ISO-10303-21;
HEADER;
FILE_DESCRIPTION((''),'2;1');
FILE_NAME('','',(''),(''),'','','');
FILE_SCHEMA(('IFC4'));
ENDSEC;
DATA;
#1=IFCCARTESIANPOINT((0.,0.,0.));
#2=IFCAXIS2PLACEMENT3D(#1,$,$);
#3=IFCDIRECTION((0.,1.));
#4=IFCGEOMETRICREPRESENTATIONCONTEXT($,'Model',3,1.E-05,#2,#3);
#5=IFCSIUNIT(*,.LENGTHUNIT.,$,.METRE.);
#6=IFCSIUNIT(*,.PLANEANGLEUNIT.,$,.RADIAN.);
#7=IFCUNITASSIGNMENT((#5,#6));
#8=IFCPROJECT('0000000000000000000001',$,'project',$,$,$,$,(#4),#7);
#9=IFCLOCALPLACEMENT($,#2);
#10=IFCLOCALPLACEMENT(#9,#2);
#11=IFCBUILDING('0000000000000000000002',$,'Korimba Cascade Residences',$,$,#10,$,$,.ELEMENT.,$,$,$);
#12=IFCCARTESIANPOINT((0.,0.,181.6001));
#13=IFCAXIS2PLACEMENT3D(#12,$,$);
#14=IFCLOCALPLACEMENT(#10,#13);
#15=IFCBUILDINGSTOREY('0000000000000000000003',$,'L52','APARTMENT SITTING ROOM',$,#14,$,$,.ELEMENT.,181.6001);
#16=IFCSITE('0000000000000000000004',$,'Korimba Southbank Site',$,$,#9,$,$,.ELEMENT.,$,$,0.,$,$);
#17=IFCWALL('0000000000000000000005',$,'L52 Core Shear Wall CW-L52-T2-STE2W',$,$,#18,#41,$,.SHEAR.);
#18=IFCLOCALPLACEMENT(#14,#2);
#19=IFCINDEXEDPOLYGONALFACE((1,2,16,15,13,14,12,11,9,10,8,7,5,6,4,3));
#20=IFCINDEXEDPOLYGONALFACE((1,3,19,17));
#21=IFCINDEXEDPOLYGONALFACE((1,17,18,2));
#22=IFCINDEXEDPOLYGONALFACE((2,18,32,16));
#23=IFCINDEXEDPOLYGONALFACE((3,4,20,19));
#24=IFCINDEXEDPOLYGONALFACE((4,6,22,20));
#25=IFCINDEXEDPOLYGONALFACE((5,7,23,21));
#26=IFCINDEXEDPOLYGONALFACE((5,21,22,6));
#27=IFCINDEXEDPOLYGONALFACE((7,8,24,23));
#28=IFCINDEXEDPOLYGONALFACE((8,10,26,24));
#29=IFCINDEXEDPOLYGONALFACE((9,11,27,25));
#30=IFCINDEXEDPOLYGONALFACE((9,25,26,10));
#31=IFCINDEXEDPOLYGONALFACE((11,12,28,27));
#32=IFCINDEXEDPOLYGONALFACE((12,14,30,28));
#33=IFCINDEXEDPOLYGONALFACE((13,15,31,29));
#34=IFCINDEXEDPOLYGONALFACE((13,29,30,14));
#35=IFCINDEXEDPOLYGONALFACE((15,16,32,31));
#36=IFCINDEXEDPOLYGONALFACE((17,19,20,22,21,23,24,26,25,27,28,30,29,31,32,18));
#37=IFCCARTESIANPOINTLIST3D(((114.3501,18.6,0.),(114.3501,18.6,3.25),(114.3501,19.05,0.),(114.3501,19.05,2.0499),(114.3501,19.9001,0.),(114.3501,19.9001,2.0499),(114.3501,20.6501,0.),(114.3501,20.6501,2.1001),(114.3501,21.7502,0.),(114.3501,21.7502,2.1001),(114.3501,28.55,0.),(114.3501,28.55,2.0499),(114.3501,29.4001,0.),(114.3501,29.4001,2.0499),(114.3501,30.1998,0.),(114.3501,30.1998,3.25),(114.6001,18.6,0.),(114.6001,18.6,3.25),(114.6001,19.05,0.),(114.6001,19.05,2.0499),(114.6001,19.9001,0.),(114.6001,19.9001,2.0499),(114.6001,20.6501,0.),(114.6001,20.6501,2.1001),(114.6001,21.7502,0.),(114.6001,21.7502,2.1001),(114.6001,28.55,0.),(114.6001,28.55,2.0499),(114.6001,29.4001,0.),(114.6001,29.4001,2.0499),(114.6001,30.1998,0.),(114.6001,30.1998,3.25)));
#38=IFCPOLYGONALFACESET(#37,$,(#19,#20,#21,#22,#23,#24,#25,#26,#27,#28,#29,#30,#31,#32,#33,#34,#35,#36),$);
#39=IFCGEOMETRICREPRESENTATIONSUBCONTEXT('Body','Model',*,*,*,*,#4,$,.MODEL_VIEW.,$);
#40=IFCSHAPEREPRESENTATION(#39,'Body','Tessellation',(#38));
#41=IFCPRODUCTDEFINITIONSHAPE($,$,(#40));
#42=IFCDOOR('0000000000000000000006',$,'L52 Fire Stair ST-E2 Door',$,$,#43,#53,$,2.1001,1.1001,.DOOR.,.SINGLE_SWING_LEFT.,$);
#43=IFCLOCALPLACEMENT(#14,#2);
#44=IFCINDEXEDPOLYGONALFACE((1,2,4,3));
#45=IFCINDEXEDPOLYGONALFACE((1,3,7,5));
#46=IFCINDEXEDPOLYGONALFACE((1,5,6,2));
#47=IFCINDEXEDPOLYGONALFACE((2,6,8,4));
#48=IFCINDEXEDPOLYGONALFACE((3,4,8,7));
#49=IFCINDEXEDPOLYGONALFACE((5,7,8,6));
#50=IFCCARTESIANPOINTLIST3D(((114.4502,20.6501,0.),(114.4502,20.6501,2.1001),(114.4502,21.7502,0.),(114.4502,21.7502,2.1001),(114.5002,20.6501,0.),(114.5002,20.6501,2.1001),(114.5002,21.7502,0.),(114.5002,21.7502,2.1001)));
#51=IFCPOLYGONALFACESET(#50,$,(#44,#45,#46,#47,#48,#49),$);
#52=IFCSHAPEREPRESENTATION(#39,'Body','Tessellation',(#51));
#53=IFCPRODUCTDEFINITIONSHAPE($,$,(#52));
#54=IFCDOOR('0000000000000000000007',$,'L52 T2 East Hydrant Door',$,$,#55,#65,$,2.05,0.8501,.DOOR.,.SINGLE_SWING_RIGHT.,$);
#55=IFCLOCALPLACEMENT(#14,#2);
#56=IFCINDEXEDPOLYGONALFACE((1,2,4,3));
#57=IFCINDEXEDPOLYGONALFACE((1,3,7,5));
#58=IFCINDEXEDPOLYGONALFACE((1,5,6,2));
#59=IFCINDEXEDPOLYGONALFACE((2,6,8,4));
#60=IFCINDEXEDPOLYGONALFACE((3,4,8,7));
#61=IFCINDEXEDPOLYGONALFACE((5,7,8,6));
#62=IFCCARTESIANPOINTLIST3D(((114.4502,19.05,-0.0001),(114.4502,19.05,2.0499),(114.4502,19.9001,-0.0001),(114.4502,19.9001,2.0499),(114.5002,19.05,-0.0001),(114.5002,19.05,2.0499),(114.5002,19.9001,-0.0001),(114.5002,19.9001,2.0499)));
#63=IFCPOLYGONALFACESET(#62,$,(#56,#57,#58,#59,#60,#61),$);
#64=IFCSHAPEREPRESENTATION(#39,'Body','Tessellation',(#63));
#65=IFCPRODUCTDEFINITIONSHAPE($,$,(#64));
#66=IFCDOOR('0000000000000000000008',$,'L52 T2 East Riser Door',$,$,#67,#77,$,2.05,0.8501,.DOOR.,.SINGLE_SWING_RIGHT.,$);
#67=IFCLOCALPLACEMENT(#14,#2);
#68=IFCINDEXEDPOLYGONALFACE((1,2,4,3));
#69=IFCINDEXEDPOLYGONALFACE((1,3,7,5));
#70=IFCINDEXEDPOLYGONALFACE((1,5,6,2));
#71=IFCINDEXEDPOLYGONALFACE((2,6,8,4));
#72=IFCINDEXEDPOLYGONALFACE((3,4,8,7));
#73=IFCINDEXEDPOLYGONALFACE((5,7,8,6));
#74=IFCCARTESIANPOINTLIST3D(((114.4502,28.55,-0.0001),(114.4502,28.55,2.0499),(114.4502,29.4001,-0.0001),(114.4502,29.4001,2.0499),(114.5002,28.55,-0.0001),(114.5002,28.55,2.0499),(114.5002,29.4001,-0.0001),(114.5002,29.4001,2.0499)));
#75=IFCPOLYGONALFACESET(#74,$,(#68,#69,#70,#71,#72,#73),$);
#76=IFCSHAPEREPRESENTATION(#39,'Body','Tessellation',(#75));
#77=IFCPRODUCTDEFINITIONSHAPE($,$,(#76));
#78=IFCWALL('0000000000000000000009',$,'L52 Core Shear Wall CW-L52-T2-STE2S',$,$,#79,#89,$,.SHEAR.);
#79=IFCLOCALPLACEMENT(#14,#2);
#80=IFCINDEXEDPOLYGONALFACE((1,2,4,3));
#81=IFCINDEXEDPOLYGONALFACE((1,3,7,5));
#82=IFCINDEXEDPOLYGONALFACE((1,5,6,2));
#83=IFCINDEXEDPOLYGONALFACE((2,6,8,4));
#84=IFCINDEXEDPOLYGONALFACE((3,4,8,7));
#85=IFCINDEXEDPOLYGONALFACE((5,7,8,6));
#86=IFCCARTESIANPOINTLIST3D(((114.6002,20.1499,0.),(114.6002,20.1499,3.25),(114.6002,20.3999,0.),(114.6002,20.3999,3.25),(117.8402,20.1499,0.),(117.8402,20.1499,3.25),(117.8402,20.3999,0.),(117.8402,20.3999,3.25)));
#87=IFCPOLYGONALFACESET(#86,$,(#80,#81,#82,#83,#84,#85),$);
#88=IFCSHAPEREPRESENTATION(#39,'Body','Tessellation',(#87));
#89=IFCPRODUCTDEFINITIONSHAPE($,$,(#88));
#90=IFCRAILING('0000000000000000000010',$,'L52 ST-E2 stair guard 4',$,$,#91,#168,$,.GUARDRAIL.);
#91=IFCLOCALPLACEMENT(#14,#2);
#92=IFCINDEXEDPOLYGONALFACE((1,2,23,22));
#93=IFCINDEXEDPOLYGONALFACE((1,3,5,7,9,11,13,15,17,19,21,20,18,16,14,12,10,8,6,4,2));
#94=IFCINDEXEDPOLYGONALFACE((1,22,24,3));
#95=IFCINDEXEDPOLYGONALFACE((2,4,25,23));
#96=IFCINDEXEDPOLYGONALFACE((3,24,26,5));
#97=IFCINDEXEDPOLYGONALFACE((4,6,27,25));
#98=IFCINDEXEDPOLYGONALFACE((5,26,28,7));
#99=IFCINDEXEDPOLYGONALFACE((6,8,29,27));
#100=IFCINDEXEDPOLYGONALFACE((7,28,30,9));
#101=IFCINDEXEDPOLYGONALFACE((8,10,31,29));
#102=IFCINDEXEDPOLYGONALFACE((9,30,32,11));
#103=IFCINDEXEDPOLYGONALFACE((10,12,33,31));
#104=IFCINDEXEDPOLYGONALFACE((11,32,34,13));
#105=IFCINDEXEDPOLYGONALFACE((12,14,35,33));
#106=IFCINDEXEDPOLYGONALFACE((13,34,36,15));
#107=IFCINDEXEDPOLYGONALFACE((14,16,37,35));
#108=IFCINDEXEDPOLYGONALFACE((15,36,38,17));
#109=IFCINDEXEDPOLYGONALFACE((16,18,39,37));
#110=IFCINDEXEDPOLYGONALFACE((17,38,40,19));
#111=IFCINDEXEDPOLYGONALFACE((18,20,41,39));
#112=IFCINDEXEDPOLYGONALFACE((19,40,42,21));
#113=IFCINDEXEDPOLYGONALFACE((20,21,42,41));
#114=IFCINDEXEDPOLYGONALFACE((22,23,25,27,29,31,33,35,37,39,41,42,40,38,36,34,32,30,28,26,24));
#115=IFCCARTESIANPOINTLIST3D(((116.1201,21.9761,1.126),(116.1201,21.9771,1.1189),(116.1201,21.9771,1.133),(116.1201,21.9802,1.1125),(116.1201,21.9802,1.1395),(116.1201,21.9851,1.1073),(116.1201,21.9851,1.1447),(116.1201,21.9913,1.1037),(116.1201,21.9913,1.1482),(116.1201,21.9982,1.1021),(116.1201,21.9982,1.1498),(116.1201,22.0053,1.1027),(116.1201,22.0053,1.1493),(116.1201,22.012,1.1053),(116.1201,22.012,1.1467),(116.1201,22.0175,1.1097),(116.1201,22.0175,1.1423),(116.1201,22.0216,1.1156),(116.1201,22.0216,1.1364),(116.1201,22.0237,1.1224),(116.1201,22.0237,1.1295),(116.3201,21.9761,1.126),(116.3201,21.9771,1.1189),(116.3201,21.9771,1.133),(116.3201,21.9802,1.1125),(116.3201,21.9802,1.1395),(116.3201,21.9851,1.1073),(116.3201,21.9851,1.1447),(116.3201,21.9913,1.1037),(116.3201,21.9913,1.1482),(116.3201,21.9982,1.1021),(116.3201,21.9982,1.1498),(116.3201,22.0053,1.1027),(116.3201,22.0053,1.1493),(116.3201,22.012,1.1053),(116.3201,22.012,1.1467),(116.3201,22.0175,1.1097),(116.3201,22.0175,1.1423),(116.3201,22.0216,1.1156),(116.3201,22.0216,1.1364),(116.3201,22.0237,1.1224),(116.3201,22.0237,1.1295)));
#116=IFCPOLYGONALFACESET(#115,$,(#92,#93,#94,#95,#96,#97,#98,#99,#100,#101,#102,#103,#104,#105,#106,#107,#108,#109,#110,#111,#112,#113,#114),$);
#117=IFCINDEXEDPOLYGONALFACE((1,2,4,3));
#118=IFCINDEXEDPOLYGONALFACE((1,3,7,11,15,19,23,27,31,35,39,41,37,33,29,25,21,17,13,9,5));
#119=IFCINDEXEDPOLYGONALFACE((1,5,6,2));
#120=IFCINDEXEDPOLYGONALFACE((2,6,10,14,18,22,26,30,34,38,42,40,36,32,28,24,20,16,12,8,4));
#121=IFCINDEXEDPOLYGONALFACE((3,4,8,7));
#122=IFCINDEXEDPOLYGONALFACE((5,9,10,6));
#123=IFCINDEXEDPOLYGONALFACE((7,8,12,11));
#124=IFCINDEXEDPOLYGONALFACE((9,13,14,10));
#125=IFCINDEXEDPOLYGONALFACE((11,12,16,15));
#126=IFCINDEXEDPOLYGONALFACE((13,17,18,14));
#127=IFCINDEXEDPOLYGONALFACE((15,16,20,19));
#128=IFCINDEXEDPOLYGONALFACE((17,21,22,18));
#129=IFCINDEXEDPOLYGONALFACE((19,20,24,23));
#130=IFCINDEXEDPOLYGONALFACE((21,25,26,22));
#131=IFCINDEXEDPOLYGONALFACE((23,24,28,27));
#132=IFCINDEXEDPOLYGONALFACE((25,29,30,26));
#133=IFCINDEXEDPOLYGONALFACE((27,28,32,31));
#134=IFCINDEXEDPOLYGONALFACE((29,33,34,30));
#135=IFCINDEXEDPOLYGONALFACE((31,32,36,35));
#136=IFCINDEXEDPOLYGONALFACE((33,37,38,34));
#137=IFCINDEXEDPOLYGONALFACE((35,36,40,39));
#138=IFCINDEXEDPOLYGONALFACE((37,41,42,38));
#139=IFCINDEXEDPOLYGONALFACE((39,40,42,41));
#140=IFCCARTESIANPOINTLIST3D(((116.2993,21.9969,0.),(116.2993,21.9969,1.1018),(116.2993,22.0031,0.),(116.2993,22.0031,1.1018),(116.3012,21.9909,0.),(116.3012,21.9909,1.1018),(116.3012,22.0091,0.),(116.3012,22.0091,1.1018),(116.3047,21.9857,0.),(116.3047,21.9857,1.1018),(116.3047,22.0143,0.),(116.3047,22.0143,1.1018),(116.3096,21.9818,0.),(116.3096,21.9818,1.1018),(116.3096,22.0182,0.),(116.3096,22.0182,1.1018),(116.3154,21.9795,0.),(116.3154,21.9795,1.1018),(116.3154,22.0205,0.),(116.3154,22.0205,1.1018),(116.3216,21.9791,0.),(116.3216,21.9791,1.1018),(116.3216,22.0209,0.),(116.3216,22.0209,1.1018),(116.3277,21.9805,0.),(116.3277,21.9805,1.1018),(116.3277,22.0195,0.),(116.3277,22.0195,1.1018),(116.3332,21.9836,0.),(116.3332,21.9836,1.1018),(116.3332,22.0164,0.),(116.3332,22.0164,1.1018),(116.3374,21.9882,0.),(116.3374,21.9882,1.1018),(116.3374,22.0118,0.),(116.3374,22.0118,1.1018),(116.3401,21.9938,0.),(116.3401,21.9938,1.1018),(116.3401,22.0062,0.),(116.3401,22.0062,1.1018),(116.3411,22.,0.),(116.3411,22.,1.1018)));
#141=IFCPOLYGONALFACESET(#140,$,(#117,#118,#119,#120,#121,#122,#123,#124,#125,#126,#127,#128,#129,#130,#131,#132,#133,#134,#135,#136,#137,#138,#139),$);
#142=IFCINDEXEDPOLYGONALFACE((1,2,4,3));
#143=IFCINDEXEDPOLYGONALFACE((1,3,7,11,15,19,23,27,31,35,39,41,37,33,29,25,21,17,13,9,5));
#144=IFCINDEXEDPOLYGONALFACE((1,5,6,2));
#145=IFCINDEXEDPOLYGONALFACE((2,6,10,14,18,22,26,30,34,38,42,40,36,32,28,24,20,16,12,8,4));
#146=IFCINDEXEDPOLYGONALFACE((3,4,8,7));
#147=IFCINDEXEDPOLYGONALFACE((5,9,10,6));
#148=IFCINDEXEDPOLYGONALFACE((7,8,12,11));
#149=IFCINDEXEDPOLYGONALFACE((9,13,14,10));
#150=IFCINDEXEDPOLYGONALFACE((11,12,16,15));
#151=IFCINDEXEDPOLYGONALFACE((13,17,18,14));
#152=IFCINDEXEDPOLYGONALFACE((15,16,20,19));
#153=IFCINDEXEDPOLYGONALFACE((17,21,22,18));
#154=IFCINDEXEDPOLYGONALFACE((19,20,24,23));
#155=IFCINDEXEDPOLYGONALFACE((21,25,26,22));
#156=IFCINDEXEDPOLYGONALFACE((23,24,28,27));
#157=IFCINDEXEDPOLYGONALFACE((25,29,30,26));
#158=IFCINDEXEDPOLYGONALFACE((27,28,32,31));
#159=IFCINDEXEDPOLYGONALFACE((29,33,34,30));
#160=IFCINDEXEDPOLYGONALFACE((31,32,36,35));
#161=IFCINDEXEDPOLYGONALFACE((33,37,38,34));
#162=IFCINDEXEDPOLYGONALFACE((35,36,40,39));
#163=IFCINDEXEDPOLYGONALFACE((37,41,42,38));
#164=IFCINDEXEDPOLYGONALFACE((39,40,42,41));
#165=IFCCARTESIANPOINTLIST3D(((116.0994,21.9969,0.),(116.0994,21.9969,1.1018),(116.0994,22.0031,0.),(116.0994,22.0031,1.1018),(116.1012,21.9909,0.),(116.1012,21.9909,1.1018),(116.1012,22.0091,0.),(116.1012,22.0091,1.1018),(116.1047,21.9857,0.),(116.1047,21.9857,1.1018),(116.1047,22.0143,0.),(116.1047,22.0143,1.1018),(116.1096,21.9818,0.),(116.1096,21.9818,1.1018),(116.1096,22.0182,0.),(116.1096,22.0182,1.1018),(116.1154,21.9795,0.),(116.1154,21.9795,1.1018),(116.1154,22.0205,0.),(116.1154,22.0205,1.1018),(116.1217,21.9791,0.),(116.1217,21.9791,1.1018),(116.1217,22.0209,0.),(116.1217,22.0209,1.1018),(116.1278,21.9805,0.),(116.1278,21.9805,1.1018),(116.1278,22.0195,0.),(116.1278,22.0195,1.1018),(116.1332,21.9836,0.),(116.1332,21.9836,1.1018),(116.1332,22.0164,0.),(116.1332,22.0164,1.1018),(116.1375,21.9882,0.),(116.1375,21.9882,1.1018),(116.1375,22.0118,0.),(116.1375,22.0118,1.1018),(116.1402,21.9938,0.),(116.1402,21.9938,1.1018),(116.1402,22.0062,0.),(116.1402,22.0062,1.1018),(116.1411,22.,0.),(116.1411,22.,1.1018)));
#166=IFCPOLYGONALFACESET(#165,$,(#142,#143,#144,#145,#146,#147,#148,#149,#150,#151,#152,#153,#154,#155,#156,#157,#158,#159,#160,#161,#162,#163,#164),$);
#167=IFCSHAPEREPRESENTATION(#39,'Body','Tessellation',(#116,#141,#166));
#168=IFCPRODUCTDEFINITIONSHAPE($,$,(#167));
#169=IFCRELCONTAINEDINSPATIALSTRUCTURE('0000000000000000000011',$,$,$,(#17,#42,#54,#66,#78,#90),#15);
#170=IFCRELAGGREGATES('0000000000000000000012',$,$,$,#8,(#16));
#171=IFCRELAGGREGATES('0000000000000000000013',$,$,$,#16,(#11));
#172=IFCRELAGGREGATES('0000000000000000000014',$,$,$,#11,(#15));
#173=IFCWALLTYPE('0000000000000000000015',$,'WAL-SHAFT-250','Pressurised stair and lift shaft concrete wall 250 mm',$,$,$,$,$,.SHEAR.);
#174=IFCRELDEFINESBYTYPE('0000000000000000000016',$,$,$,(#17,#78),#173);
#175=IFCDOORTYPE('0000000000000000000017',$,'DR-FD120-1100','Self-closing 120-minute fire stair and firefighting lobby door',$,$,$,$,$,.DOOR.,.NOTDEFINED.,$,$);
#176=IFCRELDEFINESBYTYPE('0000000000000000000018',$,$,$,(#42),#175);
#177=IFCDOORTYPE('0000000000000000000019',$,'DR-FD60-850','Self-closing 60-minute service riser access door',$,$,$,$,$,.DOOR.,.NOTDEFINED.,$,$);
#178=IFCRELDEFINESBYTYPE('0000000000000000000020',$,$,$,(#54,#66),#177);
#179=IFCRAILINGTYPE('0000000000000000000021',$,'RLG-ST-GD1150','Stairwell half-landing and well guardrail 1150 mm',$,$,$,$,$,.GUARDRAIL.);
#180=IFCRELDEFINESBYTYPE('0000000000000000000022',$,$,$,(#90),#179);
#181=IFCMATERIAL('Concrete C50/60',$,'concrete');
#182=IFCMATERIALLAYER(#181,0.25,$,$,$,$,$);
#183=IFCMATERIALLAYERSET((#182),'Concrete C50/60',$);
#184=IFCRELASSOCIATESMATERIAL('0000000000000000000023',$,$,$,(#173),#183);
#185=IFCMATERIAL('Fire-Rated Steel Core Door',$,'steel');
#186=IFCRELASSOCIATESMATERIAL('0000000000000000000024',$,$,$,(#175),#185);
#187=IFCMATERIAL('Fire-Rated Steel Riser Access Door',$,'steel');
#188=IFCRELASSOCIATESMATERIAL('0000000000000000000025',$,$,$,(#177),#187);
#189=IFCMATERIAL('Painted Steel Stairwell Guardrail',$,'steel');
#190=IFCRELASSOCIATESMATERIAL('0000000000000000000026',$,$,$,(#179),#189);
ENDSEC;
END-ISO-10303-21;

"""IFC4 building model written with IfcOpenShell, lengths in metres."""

from ifc_helpers import new_model, si_unit, direction, frame, frame_2d, origin, origin_2d, place, context, subcontext, project, spatial, rectangle, circle, extrude, material, layer, layer_set, type_object, element, fill, save


model = new_model("IFC4")

# Units and contexts
model_context = context("Model", 3, precision=1e-05, world=origin(), true_north=direction((0.0, 1.0)))
body_context = subcontext(model_context, "Body", "Model", "MODEL_VIEW")
ifc_project = project(units=[si_unit("LENGTHUNIT", "METRE"), si_unit("PLANEANGLEUNIT", "RADIAN")], contexts=[model_context])

# Site, building, storey
site_placement = place(None, origin())
site = spatial("IfcSite", under=ifc_project, at=site_placement, Name="Korimba Southbank Site", CompositionType="ELEMENT", RefElevation=0.0)
building_placement = place(site_placement, origin())
building = spatial("IfcBuilding", under=site, at=building_placement, Name="Korimba Cascade Residences", CompositionType="ELEMENT")
storey_placement = place(building_placement, frame((0.0, 0.0, 181.6001)))
storey = spatial("IfcBuildingStorey", under=building, at=storey_placement, Name="L52", Description="APARTMENT SITTING ROOM", CompositionType="ELEMENT", Elevation=181.6001)

# Shared definitions
ifc_material_1 = material(Name="Concrete C50/60", Category="concrete")

# Wall, openings, doors
ifc_layer_1 = layer(ifc_material_1, 0.25)
ifc_layer_set_1 = layer_set([ifc_layer_1], Name="Concrete C50/60")
wall_type_1 = type_object("IfcWallType", Name="WAL-SHAFT-250", Description="Pressurised stair and lift shaft concrete wall 250 mm", PredefinedType="SHEAR", material=ifc_layer_set_1)
wall_1_placement = place(storey_placement, frame((114.4751, 18.6001, 0.0), z_axis=(0.0, 0.0, 1.0), x_axis=(0.0, 1.0, 0.0)))
wall_1 = element("IfcWall", 1, at=wall_1_placement, inside=storey, type_object=wall_type_1, Name="L52 Core Shear Wall CW-L52-T2-STE2W", PredefinedType="SHEAR", context=body_context, shape_type="SweptSolid", body=[
    extrude(rectangle(XDim=11.5999, YDim=0.25, at=frame_2d((5.7998, 0.0))), origin(), (0.0, 0.0, 1.0), 3.25),
])
opening_1_placement = place(wall_1_placement, frame((0.45, 0.0, 0.0)))
opening_1 = element("IfcOpeningElement", 2, at=opening_1_placement, cuts=wall_1, PredefinedType="OPENING", context=body_context, shape_type="SweptSolid", body=[
    extrude(rectangle(XDim=0.8501, YDim=2.05, at=frame_2d((0.425, 1.0249))), frame((0.0, 0.135, 0.0), z_axis=(0.0, -1.0, 0.0), x_axis=(1.0, 0.0, 0.0)), (0.0, 0.0, 1.0), 0.27),
])
opening_2_placement = place(wall_1_placement, frame((2.05, 0.0, 0.0)))
opening_2 = element("IfcOpeningElement", 3, at=opening_2_placement, cuts=wall_1, PredefinedType="OPENING", context=body_context, shape_type="SweptSolid", body=[
    extrude(rectangle(XDim=1.1001, YDim=2.1001, at=frame_2d((0.55, 1.05))), frame((0.0, 0.135, 0.0), z_axis=(0.0, -1.0, 0.0), x_axis=(1.0, 0.0, 0.0)), (0.0, 0.0, 1.0), 0.27),
])
opening_3_placement = place(wall_1_placement, frame((9.95, 0.0, 0.0)))
opening_3 = element("IfcOpeningElement", 4, at=opening_3_placement, cuts=wall_1, PredefinedType="OPENING", context=body_context, shape_type="SweptSolid", body=[
    extrude(rectangle(XDim=0.8501, YDim=2.05, at=frame_2d((0.425, 1.0249))), frame((0.0, 0.135, 0.0), z_axis=(0.0, -1.0, 0.0), x_axis=(1.0, 0.0, 0.0)), (0.0, 0.0, 1.0), 0.27),
])
ifc_material_2 = material(Name="Fire-Rated Steel Core Door", Category="steel")
door_type_1 = type_object("IfcDoorType", Name="DR-FD120-1100", Description="Self-closing 120-minute fire stair and firefighting lobby door", OperationType="NOTDEFINED", PredefinedType="DOOR", material=ifc_material_2)
door_1_placement = place(opening_2_placement, origin())
door_1 = element("IfcDoor", 5, at=door_1_placement, inside=storey, type_object=door_type_1, Name="L52 Fire Stair ST-E2 Door", OperationType="SINGLE_SWING_LEFT", OverallHeight=2.1001, OverallWidth=1.1001, PredefinedType="DOOR", context=body_context, shape_type="SweptSolid", body=[
    extrude(rectangle(XDim=1.1001, YDim=2.1001, at=frame_2d((0.55, 1.05))), frame((0.0, 0.0249, 0.0), z_axis=(0.0, -1.0, 0.0), x_axis=(1.0, 0.0, 0.0)), (0.0, 0.0, 1.0), 0.05),
])
fill(opening_2, door_1)
ifc_material_3 = material(Name="Fire-Rated Steel Riser Access Door", Category="steel")
door_type_2 = type_object("IfcDoorType", Name="DR-FD60-850", Description="Self-closing 60-minute service riser access door", OperationType="NOTDEFINED", PredefinedType="DOOR", material=ifc_material_3)
door_2_placement = place(opening_1_placement, origin())
door_2 = element("IfcDoor", 6, at=door_2_placement, inside=storey, type_object=door_type_2, Name="L52 T2 East Hydrant Door", OperationType="SINGLE_SWING_RIGHT", OverallHeight=2.05, OverallWidth=0.8501, PredefinedType="DOOR", context=body_context, shape_type="SweptSolid", body=[
    extrude(rectangle(XDim=0.8501, YDim=2.05, at=frame_2d((0.425, 1.0249))), frame((0.0, 0.0249, 0.0), z_axis=(0.0, -1.0, 0.0), x_axis=(1.0, 0.0, 0.0)), (0.0, 0.0, 1.0), 0.05),
])
fill(opening_1, door_2)
door_3_placement = place(opening_3_placement, origin())
door_3 = element("IfcDoor", 7, at=door_3_placement, inside=storey, type_object=door_type_2, Name="L52 T2 East Riser Door", OperationType="SINGLE_SWING_RIGHT", OverallHeight=2.05, OverallWidth=0.8501, PredefinedType="DOOR", context=body_context, shape_type="SweptSolid", body=[
    extrude(rectangle(XDim=0.8501, YDim=2.05, at=frame_2d((0.425, 1.0249))), frame((0.0, 0.0249, 0.0), z_axis=(0.0, -1.0, 0.0), x_axis=(1.0, 0.0, 0.0)), (0.0, 0.0, 1.0), 0.05),
])
fill(opening_3, door_3)

# Wall
wall_2_placement = place(storey_placement, frame((114.6001, 20.2749, 0.0), z_axis=(0.0, 0.0, 1.0), x_axis=(1.0, 0.0, 0.0)))
element("IfcWall", 8, at=wall_2_placement, inside=storey, type_object=wall_type_1, Name="L52 Core Shear Wall CW-L52-T2-STE2S", PredefinedType="SHEAR", context=body_context, shape_type="SweptSolid", body=[
    extrude(rectangle(XDim=3.24, YDim=0.25, at=frame_2d((1.6201, 0.0))), origin(), (0.0, 0.0, 1.0), 3.25),
])

# Railing
ifc_material_4 = material(Name="Painted Steel Stairwell Guardrail", Category="steel")
railing_type = type_object("IfcRailingType", Name="RLG-ST-GD1150", Description="Stairwell half-landing and well guardrail 1150 mm", PredefinedType="GUARDRAIL", material=ifc_material_4)
railing_placement = place(storey_placement, frame((116.3201, 22.0, 0.0)))
element("IfcRailing", 9, at=railing_placement, inside=storey, type_object=railing_type, Name="L52 ST-E2 stair guard 4", PredefinedType="GUARDRAIL", context=body_context, shape_type="SweptSolid", body=[
    extrude(circle(Radius=0.0239, at=origin_2d()), frame((0.0, 0.0, 1.126), z_axis=(-1.0, 0.0, 0.0), x_axis=(0.0, -1.0, 0.0)), (0.0, 0.0, 1.0), 0.2),
    extrude(circle(Radius=0.021, at=origin_2d()), origin(), (0.0, 0.0, 1.0), 1.1018),
    extrude(circle(Radius=0.021, at=origin_2d()), frame((-0.2, 0.0, 0.0)), (0.0, 0.0, 1.0), 1.1018),
])

save(model, "model.ifc")
